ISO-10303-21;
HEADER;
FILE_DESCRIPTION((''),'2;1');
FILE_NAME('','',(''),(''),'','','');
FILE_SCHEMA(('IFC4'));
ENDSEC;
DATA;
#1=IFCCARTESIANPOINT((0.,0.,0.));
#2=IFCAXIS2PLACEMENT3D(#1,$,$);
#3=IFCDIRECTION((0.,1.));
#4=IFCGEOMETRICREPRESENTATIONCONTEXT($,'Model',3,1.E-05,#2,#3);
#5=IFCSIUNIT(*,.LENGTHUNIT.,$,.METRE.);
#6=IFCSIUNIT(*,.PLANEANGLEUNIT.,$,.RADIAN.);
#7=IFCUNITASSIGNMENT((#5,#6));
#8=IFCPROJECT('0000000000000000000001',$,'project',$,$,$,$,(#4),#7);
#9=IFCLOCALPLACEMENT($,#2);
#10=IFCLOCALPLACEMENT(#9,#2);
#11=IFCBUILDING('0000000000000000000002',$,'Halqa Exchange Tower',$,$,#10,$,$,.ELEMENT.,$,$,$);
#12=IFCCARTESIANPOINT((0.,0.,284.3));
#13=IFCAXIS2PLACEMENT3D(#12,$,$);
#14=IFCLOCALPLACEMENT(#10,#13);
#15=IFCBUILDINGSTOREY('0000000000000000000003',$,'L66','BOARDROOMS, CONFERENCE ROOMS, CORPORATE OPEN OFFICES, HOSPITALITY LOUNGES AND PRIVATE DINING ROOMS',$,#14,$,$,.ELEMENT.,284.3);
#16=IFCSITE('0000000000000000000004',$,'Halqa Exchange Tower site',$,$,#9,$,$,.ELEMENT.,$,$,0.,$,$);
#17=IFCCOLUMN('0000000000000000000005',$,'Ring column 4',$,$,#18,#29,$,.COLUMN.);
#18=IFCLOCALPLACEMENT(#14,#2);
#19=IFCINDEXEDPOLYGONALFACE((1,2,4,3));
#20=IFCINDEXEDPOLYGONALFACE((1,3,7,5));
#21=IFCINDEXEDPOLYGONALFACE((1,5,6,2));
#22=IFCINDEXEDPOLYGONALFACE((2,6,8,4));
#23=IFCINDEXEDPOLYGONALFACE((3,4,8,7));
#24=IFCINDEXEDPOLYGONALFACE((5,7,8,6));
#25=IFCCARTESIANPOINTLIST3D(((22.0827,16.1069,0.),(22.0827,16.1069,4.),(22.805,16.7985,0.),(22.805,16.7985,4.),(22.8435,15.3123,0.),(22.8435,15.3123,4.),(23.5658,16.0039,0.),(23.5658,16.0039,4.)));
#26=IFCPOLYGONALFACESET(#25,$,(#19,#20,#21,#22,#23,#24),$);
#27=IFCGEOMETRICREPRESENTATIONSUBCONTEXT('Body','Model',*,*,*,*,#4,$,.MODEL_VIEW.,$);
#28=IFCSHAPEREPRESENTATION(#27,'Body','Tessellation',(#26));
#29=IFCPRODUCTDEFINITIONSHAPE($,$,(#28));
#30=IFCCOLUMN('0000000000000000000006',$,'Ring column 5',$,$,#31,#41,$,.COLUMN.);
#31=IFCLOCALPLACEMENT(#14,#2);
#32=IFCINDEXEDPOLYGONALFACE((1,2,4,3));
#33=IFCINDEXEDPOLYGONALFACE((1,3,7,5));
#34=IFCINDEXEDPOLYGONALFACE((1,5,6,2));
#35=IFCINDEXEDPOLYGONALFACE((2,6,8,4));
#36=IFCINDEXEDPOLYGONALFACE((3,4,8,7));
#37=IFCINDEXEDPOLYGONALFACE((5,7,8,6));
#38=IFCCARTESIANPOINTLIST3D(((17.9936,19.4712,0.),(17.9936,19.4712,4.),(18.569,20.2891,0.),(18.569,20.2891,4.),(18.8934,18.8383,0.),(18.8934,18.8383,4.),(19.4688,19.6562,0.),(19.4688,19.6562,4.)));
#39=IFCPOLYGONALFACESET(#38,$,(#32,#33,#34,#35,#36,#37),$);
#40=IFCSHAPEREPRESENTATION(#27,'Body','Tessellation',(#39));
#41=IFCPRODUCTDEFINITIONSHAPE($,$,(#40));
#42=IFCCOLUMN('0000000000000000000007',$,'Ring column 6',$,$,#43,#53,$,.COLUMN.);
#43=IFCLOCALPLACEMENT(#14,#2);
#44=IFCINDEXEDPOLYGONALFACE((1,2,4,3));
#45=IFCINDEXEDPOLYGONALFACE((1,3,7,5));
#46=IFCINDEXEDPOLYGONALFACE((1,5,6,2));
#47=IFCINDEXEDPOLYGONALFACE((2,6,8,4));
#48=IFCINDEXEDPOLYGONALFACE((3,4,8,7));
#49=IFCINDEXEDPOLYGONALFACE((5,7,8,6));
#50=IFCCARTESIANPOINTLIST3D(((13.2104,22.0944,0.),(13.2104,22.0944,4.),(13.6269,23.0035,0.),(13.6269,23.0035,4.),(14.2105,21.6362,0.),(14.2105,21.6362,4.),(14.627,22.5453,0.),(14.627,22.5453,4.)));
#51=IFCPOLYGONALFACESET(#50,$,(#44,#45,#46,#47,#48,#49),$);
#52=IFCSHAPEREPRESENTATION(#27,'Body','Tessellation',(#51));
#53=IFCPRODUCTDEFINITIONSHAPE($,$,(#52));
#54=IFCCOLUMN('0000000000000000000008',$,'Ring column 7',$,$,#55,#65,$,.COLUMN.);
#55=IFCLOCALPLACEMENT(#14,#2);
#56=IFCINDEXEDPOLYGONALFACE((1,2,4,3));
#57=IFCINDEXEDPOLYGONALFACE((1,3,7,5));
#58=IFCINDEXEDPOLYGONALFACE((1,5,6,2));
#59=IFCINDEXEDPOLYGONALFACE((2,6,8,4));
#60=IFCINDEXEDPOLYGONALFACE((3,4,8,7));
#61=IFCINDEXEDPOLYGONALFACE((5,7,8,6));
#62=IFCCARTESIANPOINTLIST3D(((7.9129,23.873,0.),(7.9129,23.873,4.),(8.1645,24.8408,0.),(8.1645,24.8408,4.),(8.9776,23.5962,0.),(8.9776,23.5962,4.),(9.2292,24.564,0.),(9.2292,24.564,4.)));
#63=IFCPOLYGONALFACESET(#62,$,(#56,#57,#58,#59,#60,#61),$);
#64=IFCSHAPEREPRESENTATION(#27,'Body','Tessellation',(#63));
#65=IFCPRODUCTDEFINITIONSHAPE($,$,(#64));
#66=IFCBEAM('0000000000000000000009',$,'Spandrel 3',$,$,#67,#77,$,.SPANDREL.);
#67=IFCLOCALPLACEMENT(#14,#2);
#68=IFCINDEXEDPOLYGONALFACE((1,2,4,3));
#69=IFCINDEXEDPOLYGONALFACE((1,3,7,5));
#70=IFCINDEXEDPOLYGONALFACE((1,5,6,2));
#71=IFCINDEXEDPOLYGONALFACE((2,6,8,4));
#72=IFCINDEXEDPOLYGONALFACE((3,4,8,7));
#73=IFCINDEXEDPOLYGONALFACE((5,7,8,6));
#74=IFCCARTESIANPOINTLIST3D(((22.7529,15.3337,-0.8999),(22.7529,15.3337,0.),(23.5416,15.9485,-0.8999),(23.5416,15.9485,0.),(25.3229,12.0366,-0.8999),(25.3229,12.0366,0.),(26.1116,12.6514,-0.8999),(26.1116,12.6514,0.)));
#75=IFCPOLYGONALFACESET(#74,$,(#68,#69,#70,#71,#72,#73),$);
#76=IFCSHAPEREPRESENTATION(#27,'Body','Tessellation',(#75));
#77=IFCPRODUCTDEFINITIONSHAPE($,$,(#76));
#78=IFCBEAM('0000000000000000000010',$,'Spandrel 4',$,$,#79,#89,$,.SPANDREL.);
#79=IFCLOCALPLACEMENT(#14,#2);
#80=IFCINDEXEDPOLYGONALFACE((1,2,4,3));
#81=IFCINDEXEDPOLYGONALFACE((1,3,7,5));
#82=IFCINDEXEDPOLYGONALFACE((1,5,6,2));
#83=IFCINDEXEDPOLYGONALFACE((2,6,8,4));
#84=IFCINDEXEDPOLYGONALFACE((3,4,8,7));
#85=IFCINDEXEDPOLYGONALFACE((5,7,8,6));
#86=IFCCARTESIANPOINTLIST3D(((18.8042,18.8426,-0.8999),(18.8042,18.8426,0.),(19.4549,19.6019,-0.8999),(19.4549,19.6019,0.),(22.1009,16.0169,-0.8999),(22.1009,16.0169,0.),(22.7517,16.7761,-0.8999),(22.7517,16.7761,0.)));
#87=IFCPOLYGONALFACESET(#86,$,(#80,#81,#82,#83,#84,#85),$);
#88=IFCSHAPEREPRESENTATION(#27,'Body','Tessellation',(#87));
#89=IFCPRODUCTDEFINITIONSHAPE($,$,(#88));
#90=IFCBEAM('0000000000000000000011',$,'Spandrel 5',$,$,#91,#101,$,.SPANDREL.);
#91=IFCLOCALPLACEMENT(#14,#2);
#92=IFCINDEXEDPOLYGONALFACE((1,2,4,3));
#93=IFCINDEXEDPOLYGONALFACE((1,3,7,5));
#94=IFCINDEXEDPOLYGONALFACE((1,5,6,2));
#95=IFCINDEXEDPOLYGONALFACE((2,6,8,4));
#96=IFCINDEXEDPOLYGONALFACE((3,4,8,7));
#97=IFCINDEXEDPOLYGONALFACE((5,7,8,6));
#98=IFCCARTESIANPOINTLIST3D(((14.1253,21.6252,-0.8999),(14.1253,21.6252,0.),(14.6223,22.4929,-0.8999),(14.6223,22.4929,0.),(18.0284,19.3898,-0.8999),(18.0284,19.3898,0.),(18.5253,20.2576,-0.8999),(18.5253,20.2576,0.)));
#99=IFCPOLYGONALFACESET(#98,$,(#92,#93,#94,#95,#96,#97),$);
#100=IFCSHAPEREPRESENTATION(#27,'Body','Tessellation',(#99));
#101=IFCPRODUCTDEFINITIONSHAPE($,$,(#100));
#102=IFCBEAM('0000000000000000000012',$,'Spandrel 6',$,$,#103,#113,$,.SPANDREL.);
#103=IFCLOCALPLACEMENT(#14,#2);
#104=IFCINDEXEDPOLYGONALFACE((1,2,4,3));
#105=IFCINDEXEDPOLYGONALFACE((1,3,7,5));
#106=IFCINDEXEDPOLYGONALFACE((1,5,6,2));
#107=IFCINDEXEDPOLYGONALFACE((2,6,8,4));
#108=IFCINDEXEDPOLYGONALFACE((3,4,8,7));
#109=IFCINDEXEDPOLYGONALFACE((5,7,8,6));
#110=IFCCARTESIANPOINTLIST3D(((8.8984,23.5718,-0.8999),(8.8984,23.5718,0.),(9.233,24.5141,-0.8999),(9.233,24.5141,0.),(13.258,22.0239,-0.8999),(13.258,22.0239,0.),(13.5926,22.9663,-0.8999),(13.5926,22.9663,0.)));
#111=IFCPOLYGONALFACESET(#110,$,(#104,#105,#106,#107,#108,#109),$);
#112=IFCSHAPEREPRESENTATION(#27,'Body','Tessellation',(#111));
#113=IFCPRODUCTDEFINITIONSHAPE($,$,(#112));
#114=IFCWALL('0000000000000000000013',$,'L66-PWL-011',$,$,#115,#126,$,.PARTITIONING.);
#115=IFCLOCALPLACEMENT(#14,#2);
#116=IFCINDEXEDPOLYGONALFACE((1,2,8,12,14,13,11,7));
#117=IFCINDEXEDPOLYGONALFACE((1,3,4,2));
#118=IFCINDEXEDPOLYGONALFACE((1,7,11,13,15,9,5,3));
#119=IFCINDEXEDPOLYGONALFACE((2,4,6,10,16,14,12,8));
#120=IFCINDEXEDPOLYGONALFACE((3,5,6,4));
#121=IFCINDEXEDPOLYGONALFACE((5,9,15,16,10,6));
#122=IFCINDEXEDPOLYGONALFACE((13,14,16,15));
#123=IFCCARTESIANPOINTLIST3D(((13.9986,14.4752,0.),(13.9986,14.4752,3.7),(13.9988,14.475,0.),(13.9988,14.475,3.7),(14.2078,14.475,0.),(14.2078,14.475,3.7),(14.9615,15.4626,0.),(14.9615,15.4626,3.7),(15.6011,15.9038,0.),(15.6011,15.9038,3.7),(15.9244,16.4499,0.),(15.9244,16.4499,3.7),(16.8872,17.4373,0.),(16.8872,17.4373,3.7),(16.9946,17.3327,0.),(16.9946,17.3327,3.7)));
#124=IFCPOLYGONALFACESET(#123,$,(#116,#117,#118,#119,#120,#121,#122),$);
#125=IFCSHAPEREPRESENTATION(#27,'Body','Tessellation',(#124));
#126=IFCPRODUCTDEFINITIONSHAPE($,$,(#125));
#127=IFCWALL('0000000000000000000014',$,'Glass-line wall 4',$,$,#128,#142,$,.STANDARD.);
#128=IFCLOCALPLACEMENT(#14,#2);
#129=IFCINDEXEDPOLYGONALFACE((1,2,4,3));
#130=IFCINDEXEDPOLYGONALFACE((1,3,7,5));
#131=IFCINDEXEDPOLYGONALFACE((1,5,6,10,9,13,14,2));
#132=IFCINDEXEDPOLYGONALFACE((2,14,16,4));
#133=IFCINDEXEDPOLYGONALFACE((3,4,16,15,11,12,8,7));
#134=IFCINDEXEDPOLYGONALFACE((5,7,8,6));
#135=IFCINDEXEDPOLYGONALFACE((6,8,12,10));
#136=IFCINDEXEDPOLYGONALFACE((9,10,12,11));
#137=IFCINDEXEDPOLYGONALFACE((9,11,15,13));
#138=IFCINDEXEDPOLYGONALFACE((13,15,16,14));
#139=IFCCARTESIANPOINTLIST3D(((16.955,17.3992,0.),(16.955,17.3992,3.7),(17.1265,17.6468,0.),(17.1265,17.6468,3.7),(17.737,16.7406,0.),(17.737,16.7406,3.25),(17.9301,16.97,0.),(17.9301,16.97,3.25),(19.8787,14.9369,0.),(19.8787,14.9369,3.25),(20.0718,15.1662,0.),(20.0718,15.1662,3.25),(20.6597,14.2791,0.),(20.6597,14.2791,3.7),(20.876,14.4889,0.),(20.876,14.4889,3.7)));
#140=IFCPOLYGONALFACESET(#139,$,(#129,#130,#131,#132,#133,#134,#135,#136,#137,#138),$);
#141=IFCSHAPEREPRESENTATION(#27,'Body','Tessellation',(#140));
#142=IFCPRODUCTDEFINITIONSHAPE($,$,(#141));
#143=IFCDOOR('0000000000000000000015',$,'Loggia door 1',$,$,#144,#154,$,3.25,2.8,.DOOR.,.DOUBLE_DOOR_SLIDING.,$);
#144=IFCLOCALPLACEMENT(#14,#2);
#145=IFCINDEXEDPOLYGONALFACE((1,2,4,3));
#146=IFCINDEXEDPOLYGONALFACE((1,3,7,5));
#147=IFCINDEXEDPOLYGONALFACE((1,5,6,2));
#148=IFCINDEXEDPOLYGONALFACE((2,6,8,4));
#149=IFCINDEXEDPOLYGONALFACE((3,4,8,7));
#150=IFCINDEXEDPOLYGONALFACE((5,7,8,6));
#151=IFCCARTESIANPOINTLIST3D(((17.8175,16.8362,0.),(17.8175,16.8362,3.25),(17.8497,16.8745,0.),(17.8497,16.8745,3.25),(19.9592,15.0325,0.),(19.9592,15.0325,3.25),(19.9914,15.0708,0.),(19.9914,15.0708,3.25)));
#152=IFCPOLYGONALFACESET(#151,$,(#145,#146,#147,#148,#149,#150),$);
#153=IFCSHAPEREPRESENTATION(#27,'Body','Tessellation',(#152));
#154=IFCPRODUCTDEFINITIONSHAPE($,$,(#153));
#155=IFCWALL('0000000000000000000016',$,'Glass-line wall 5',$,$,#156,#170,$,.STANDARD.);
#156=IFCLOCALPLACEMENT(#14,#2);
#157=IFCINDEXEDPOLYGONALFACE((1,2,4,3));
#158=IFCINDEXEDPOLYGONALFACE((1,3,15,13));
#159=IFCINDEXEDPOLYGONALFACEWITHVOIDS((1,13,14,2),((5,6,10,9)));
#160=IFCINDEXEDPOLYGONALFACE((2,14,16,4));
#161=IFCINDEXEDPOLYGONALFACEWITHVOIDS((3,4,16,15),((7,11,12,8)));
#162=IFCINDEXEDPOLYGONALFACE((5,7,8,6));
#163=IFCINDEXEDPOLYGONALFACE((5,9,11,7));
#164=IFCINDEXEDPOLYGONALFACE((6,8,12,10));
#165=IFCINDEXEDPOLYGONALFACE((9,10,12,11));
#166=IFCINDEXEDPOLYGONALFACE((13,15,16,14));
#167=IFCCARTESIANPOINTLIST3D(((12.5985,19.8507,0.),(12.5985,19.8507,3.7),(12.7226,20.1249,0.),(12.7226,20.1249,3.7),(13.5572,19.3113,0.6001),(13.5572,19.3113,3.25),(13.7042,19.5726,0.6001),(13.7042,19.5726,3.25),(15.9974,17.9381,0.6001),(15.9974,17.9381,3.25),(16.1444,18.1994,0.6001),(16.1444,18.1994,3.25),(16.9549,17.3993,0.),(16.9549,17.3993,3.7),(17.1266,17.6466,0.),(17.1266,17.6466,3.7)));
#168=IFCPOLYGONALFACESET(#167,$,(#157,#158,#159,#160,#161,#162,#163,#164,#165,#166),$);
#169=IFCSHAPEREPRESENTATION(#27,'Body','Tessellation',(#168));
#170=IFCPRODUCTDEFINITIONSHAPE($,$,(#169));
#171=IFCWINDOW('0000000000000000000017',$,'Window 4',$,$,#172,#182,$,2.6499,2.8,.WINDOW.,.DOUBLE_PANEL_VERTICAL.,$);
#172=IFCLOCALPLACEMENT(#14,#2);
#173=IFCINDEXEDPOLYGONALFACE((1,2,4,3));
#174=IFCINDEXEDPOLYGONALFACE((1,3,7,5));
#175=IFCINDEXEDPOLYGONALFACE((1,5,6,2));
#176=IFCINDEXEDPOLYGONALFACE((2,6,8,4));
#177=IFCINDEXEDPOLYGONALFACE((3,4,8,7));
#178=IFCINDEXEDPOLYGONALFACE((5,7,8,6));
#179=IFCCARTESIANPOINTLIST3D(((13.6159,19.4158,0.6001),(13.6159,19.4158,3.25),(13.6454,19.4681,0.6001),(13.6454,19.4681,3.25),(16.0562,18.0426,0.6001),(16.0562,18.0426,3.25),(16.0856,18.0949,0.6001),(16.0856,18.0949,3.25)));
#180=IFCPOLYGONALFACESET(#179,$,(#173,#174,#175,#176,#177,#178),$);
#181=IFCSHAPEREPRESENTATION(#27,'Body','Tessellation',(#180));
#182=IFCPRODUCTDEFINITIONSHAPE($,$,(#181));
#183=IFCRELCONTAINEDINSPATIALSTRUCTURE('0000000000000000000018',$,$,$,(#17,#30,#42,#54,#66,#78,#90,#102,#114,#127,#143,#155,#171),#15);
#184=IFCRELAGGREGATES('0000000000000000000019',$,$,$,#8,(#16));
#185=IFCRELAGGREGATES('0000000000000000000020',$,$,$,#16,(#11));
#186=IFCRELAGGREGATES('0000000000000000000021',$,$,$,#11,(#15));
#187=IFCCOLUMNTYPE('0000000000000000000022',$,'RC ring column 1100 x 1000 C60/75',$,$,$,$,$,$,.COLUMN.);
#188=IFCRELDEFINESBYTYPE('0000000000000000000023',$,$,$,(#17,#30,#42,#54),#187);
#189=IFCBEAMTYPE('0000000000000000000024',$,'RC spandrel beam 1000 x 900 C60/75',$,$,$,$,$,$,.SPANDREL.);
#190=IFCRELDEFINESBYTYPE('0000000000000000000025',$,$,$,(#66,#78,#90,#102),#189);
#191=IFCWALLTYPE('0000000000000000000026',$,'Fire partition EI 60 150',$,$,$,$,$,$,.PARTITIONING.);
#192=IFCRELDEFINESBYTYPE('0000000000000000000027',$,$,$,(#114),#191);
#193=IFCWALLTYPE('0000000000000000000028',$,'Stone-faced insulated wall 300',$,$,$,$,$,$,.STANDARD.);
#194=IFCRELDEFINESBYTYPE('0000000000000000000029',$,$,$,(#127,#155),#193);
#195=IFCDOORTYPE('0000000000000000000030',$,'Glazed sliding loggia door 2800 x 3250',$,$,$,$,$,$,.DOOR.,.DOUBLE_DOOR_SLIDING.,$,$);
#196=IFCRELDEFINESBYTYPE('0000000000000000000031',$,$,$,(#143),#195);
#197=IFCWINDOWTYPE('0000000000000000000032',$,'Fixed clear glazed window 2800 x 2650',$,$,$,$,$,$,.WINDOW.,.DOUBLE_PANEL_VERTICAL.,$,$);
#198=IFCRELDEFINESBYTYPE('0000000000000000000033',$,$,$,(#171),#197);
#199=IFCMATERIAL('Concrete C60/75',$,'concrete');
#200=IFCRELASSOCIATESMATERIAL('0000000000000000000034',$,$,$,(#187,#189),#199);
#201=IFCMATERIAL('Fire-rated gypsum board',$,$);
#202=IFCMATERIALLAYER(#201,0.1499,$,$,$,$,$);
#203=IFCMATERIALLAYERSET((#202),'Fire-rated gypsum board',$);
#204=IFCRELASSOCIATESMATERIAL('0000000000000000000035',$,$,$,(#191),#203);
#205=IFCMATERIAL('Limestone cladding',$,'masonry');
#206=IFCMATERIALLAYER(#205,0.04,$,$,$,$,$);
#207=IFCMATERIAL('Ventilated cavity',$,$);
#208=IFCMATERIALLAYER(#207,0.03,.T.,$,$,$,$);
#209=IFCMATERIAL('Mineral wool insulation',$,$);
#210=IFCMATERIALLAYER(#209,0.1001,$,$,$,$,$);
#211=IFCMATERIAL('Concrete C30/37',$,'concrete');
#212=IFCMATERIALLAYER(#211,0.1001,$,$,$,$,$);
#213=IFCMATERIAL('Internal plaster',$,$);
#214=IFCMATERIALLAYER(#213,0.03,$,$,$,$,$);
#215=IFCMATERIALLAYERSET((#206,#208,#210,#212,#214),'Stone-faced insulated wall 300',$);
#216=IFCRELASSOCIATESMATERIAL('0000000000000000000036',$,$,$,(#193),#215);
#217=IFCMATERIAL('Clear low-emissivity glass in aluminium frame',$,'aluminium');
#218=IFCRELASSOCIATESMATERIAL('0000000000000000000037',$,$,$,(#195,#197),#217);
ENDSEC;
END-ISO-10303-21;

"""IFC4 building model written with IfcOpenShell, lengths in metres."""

from ifc_helpers import new_model, si_unit, direction, frame, frame_2d, origin, origin_2d, place, context, subcontext, project, spatial, polyline, rectangle, outline, extrude, material, layer, layer_set, material_profile, profile_set, type_object, element, fill, save


model = new_model("IFC4")

# Units and contexts
model_context = context("Model", 3, precision=1e-05, world=origin(), true_north=direction((0.0, 1.0)))
body_context = subcontext(model_context, "Body", "Model", "MODEL_VIEW")
ifc_project = project(units=[si_unit("LENGTHUNIT", "METRE"), si_unit("PLANEANGLEUNIT", "RADIAN")], contexts=[model_context])

# Site, building, storey
site_placement = place(None, origin())
site = spatial("IfcSite", under=ifc_project, at=site_placement, Name="Halqa Exchange Tower site", CompositionType="ELEMENT", RefElevation=0.0)
building_placement = place(site_placement, origin())
building = spatial("IfcBuilding", under=site, at=building_placement, Name="Halqa Exchange Tower", CompositionType="ELEMENT")
storey_placement = place(building_placement, frame((0.0, 0.0, 284.3)))
storey = spatial("IfcBuildingStorey", under=building, at=storey_placement, Name="L66", Description="BOARDROOMS, CONFERENCE ROOMS, CORPORATE OPEN OFFICES, HOSPITALITY LOUNGES AND PRIVATE DINING ROOMS", CompositionType="ELEMENT", Elevation=284.3)

# Columns
ifc_material_1 = material(Name="Concrete C60/75", Category="concrete")
ifc_material_profile_1 = material_profile(ifc_material_1, rectangle(XDim=1.1001, YDim=1.0, at=origin_2d()), Name="1100 x 1000")
ifc_profile_set_1 = profile_set([ifc_material_profile_1], Name="Concrete C60/75")
column_type = type_object("IfcColumnType", Name="RC ring column 1100 x 1000 C60/75", PredefinedType="COLUMN", material=ifc_profile_set_1)
for number, where, z_axis, x_axis, name in (
    (1, (22.8242, 16.0554, 0.0), (0.0, 0.0, 1.0), (-0.691577, 0.722302, 0.0), "Ring column 4"),
    (2, (18.7312, 19.5637, 0.0), (0.0, 0.0, 1.0), (-0.817907, 0.575351, 0.0), "Ring column 5"),
    (3, (13.9187, 22.3198, 0.0), (0.0, 0.0, 1.0), (-0.909129, 0.416514, 0.0), "Ring column 6"),
    (4, (8.571, 24.2185, 0.0), (0.0, 0.0, 1.0), (-0.96782, 0.251644, 0.0), "Ring column 7"),
):
    element("IfcColumn", number, at=place(storey_placement, frame(where, z_axis=z_axis, x_axis=x_axis)), inside=storey, type_object=column_type, Name=name, PredefinedType="COLUMN", context=body_context, shape_type="SweptSolid", body=[
        extrude(rectangle(XDim=1.1001, YDim=1.0, at=origin_2d()), origin(), (0.0, 0.0, 1.0), 4.0),
    ])

# Beams
ifc_material_profile_2 = material_profile(ifc_material_1, rectangle(XDim=1.0, YDim=0.8999, at=origin_2d()), Name="1000 x 900")
ifc_profile_set_2 = profile_set([ifc_material_profile_2], Name="Concrete C60/75")
beam_type = type_object("IfcBeamType", Name="RC spandrel beam 1000 x 900 C60/75", PredefinedType="SPANDREL", material=ifc_profile_set_2)
beam_1_placement = place(storey_placement, frame((25.7173, 12.344, -0.45), z_axis=(-0.614781, 0.788698, 0.0), x_axis=(-0.788698, -0.614781, 0.0)))
element("IfcBeam", 5, at=beam_1_placement, inside=storey, type_object=beam_type, Name="Spandrel 3", PredefinedType="SPANDREL", context=body_context, shape_type="SweptSolid", body=[
    extrude(rectangle(XDim=1.0, YDim=0.8999, at=origin_2d()), origin(), (0.0, 0.0, 1.0), 4.1804),
])
beam_2_placement = place(storey_placement, frame((22.4263, 16.3965, -0.45), z_axis=(-0.759257, 0.650791, 0.0), x_axis=(-0.650791, -0.759257, 0.0)))
element("IfcBeam", 6, at=beam_2_placement, inside=storey, type_object=beam_type, Name="Spandrel 4", PredefinedType="SPANDREL", context=body_context, shape_type="SweptSolid", body=[
    extrude(rectangle(XDim=1.0, YDim=0.8999, at=origin_2d()), origin(), (0.0, 0.0, 1.0), 4.342),
])
beam_3_placement = place(storey_placement, frame((18.2769, 19.8237, -0.45), z_axis=(-0.867762, 0.49698, 0.0), x_axis=(-0.49698, -0.867762, 0.0)))
element("IfcBeam", 7, at=beam_3_placement, inside=storey, type_object=beam_type, Name="Spandrel 5", PredefinedType="SPANDREL", context=body_context, shape_type="SweptSolid", body=[
    extrude(rectangle(XDim=1.0, YDim=0.8999, at=origin_2d()), origin(), (0.0, 0.0, 1.0), 4.4978),
])
beam_4_placement = place(storey_placement, frame((13.4253, 22.4951, -0.45), z_axis=(-0.942367, 0.334581, 0.0), x_axis=(-0.334581, -0.942367, 0.0)))
element("IfcBeam", 8, at=beam_4_placement, inside=storey, type_object=beam_type, Name="Spandrel 6", PredefinedType="SPANDREL", context=body_context, shape_type="SweptSolid", body=[
    extrude(rectangle(XDim=1.0, YDim=0.8999, at=origin_2d()), origin(), (0.0, 0.0, 1.0), 4.6262),
])

# Wall
ifc_material_2 = material(Name="Fire-rated gypsum board")
ifc_layer_1 = layer(ifc_material_2, 0.1499)
ifc_layer_set_1 = layer_set([ifc_layer_1], Name="Fire-rated gypsum board")
wall_type_1 = type_object("IfcWallType", Name="Fire partition EI 60 150", PredefinedType="PARTITIONING", material=ifc_layer_set_1)
wall_1_placement = place(storey_placement, frame((14.0522, 14.4229, 0.0), z_axis=(0.0, 0.0, 1.0), x_axis=(0.69817, 0.715932, 0.0)))
element("IfcWall", 9, at=wall_1_placement, inside=storey, type_object=wall_type_1, Name="L66-PWL-011", PredefinedType="PARTITIONING", context=body_context, shape_type="SweptSolid", body=[
    extrude(outline(polyline([(4.1375, -0.075), (4.1375, 0.075), (4.1375, 0.075), (2.7583, 0.075), (1.3792, 0.075), (0.0, 0.075), (0.0, 0.0747), (0.146, -0.075), (2.1416, -0.075), (4.1375, -0.075)])), origin(), (0.0, 0.0, 1.0), 3.7),
])

# Wall, opening, door
ifc_material_3 = material(Name="Limestone cladding", Category="masonry")
ifc_layer_2 = layer(ifc_material_3, 0.04)
ifc_material_4 = material(Name="Ventilated cavity")
ifc_layer_3 = layer(ifc_material_4, 0.03, ventilated=True)
ifc_material_5 = material(Name="Mineral wool insulation")
ifc_layer_4 = layer(ifc_material_5, 0.1001)
ifc_material_6 = material(Name="Concrete C30/37", Category="concrete")
ifc_layer_5 = layer(ifc_material_6, 0.1001)
ifc_material_7 = material(Name="Internal plaster")
ifc_layer_6 = layer(ifc_material_7, 0.03)
ifc_layer_set_2 = layer_set([ifc_layer_2, ifc_layer_3, ifc_layer_4, ifc_layer_5, ifc_layer_6], Name="Stone-faced insulated wall 300")
wall_type_2 = type_object("IfcWallType", Name="Stone-faced insulated wall 300", PredefinedType="STANDARD", material=ifc_layer_set_2)
wall_2_placement = place(storey_placement, frame((20.7678, 14.384, 0.0), z_axis=(0.0, 0.0, 1.0), x_axis=(-0.764876, 0.644177, 0.0)))
wall_2 = element("IfcWall", 10, at=wall_2_placement, inside=storey, type_object=wall_type_2, Name="Glass-line wall 4", PredefinedType="STANDARD", context=body_context, shape_type="SweptSolid", body=[
    extrude(outline(polyline([(-0.0151, -0.1499), (4.887, -0.1499), (4.8586, 0.1499), (0.0151, 0.1499), (-0.0151, -0.1499)])), origin(), (0.0, 0.0, 1.0), 3.7),
])
opening_1_placement = place(wall_2_placement, frame((1.0364, 0.0, 0.0)))
opening_1 = element("IfcOpeningElement", 11, at=opening_1_placement, cuts=wall_2, PredefinedType="OPENING", context=body_context, shape_type="SweptSolid", body=[
    extrude(rectangle(XDim=2.8, YDim=3.25, at=frame_2d((1.3999, 1.625))), frame((0.0, 0.1621, 0.0), z_axis=(0.0, -1.0, 0.0), x_axis=(1.0, 0.0, 0.0)), (0.0, 0.0, 1.0), 0.324),
])
ifc_material_8 = material(Name="Clear low-emissivity glass in aluminium frame", Category="aluminium")
door_type = type_object("IfcDoorType", Name="Glazed sliding loggia door 2800 x 3250", OperationType="DOUBLE_DOOR_SLIDING", PredefinedType="DOOR", material=ifc_material_8)
door_placement = place(opening_1_placement, origin())
door = element("IfcDoor", 12, at=door_placement, inside=storey, type_object=door_type, Name="Loggia door 1", OperationType="DOUBLE_DOOR_SLIDING", OverallHeight=3.25, OverallWidth=2.8, PredefinedType="DOOR", context=body_context, shape_type="SweptSolid", body=[
    extrude(rectangle(XDim=2.8, YDim=3.25, at=frame_2d((1.3999, 1.625))), frame((0.0, 0.0249, 0.0), z_axis=(0.0, -1.0, 0.0), x_axis=(1.0, 0.0, 0.0)), (0.0, 0.0, 1.0), 0.05),
])
fill(opening_1, door)

# Wall, opening, window
wall_3_placement = place(storey_placement, frame((17.0408, 17.5229, 0.0), z_axis=(0.0, 0.0, 1.0), x_axis=(-0.871489, 0.490416, 0.0)))
wall_3 = element("IfcWall", 13, at=wall_3_placement, inside=storey, type_object=wall_type_2, Name="Glass-line wall 5", PredefinedType="STANDARD", context=body_context, shape_type="SweptSolid", body=[
    extrude(outline(polyline([(-0.0142, -0.1499), (5.0393, -0.1499), (5.0129, 0.1499), (0.0142, 0.1499), (-0.0142, -0.1499)])), origin(), (0.0, 0.0, 1.0), 3.7),
])
opening_2_placement = place(wall_3_placement, frame((1.113, 0.0, 0.6001)))
opening_2 = element("IfcOpeningElement", 14, at=opening_2_placement, cuts=wall_3, PredefinedType="OPENING", context=body_context, shape_type="SweptSolid", body=[
    extrude(rectangle(XDim=2.8, YDim=2.6499, at=frame_2d((1.3999, 1.325))), frame((0.0, 0.1621, 0.0), z_axis=(0.0, -1.0, 0.0), x_axis=(1.0, 0.0, 0.0)), (0.0, 0.0, 1.0), 0.324),
])
window_type = type_object("IfcWindowType", Name="Fixed clear glazed window 2800 x 2650", PartitioningType="DOUBLE_PANEL_VERTICAL", PredefinedType="WINDOW", material=ifc_material_8)
window_1_placement = place(opening_2_placement, origin())
window_1 = element("IfcWindow", 15, at=window_1_placement, inside=storey, type_object=window_type, Name="Window 4", OverallHeight=2.6499, OverallWidth=2.8, PartitioningType="DOUBLE_PANEL_VERTICAL", PredefinedType="WINDOW", context=body_context, shape_type="SweptSolid", body=[
    extrude(rectangle(XDim=2.8, YDim=2.6499, at=frame_2d((1.3999, 1.325))), frame((0.0, 0.03, 0.0), z_axis=(0.0, -1.0, 0.0), x_axis=(1.0, 0.0, 0.0)), (0.0, 0.0, 1.0), 0.0601),
])
fill(opening_2, window_1)

save(model, "model.ifc")
